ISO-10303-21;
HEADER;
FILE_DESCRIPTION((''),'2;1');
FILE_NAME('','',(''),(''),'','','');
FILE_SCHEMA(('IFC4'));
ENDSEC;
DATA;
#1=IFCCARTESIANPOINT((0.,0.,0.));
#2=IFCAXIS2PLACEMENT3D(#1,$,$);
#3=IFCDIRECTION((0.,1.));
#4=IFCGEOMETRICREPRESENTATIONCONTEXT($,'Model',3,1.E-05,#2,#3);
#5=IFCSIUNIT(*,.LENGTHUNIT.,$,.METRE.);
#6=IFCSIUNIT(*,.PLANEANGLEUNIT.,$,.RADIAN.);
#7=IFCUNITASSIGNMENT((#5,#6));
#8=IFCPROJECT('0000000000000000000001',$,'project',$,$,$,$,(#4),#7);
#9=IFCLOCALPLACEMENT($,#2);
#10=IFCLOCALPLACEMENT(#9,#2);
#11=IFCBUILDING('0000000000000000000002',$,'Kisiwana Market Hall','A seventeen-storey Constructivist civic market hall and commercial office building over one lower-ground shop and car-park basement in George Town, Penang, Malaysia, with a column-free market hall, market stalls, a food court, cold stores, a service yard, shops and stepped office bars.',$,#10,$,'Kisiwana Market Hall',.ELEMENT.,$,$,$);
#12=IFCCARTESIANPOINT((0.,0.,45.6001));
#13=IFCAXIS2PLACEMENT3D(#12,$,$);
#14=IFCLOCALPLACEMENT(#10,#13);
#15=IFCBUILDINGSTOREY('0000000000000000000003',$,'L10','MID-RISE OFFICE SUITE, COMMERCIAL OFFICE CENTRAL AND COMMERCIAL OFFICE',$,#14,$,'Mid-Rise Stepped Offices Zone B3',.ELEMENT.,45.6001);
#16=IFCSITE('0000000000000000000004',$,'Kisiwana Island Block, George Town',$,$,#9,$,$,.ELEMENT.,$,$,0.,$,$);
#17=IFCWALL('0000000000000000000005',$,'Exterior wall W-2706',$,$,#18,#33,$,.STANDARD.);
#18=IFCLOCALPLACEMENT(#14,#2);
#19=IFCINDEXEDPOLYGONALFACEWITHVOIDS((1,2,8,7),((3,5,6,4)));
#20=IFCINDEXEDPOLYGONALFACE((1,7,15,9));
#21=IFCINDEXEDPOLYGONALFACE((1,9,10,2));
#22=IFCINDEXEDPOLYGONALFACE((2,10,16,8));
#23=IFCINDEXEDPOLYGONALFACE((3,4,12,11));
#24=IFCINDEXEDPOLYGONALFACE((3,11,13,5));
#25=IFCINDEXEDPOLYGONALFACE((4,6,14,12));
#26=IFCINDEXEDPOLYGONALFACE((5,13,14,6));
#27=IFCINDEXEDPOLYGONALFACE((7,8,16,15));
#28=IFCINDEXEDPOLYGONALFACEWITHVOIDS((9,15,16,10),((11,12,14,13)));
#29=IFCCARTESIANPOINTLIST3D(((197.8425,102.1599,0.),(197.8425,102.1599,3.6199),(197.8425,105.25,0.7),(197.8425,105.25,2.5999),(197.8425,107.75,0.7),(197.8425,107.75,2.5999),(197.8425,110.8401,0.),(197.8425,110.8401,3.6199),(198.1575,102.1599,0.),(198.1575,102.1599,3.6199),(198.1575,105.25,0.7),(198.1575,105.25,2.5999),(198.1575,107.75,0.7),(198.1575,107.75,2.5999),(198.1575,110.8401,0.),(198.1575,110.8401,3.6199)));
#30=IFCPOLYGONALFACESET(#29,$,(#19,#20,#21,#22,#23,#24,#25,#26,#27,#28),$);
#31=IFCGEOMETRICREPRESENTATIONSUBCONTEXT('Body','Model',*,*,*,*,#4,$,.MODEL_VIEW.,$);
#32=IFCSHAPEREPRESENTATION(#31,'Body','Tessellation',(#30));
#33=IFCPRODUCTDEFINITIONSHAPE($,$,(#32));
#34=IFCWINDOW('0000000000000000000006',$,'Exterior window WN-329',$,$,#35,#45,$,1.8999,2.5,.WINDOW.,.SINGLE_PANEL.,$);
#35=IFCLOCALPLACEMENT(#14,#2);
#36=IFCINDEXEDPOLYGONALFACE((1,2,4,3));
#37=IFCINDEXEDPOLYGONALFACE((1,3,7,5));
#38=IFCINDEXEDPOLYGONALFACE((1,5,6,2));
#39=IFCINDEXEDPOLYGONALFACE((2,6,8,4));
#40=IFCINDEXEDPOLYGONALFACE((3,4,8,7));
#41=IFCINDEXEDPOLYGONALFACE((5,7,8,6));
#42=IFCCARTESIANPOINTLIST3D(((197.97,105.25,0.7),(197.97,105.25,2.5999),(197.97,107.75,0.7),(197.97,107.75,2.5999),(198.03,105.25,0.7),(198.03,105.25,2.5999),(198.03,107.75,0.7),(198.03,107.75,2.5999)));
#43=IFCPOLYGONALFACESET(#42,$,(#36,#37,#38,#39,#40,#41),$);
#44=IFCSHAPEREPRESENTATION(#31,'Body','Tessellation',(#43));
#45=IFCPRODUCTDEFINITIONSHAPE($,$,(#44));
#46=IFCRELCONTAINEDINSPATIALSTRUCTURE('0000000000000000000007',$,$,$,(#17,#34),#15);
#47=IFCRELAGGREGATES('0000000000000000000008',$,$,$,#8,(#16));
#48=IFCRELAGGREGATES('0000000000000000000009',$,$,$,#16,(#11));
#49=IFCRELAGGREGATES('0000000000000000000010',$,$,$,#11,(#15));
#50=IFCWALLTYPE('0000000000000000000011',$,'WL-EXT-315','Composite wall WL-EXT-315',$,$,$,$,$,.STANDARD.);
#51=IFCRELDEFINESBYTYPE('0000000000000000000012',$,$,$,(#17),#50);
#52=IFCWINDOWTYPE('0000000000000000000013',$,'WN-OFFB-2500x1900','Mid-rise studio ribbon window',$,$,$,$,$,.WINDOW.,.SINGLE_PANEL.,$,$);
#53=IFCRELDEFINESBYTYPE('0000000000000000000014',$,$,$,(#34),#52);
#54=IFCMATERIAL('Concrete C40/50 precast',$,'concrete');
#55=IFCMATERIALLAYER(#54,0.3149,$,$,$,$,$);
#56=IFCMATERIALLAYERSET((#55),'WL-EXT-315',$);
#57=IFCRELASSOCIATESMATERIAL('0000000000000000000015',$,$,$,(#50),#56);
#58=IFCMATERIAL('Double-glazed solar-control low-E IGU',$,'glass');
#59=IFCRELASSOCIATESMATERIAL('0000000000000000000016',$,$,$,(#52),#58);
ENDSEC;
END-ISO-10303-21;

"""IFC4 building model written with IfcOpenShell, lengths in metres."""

from ifc_helpers import new_model, si_unit, direction, frame, frame_2d, origin, place, context, subcontext, project, spatial, rectangle, extrude, material, layer, layer_set, type_object, element, fill, save


model = new_model("IFC4")

# Units and contexts
model_context = context("Model", 3, precision=1e-05, world=origin(), true_north=direction((0.0, 1.0)))
body_context = subcontext(model_context, "Body", "Model", "MODEL_VIEW")
ifc_project = project(units=[si_unit("LENGTHUNIT", "METRE"), si_unit("PLANEANGLEUNIT", "RADIAN")], contexts=[model_context])

# Site, building, storey
site_placement = place(None, origin())
site = spatial("IfcSite", under=ifc_project, at=site_placement, Name="Kisiwana Island Block, George Town", CompositionType="ELEMENT", RefElevation=0.0)
building_placement = place(site_placement, origin())
building = spatial("IfcBuilding", under=site, at=building_placement, Name="Kisiwana Market Hall", Description="A seventeen-storey Constructivist civic market hall and commercial office building over one lower-ground shop and car-park basement in George Town, Penang, Malaysia, with a column-free market hall, market stalls, a food court, cold stores, a service yard, shops and stepped office bars.", LongName="Kisiwana Market Hall", CompositionType="ELEMENT")
storey_placement = place(building_placement, frame((0.0, 0.0, 45.6001)))
storey = spatial("IfcBuildingStorey", under=building, at=storey_placement, Name="L10", Description="MID-RISE OFFICE SUITE, COMMERCIAL OFFICE CENTRAL AND COMMERCIAL OFFICE", LongName="Mid-Rise Stepped Offices Zone B3", CompositionType="ELEMENT", Elevation=45.6001)

# Wall, opening, window
ifc_material_1 = material(Name="Concrete C40/50 precast", Category="concrete")
ifc_layer_1 = layer(ifc_material_1, 0.3149)
ifc_layer_set_1 = layer_set([ifc_layer_1], Name="WL-EXT-315")
wall_type_1 = type_object("IfcWallType", Name="WL-EXT-315", Description="Composite wall WL-EXT-315", PredefinedType="STANDARD", material=ifc_layer_set_1)
ifc_material_2 = material(Name="Double-glazed solar-control low-E IGU", Category="glass")
window_type = type_object("IfcWindowType", Name="WN-OFFB-2500x1900", Description="Mid-rise studio ribbon window", PartitioningType="SINGLE_PANEL", PredefinedType="WINDOW", material=ifc_material_2)
wall_1_placement = place(storey_placement, frame((198.0, 102.1599, 0.0), z_axis=(0.0, 0.0, 1.0), x_axis=(0.0, 1.0, 0.0)))
wall_1 = element("IfcWall", 1, at=wall_1_placement, inside=storey, type_object=wall_type_1, Name="Exterior wall W-2706", PredefinedType="STANDARD", context=body_context, shape_type="SweptSolid", body=[
    extrude(rectangle(XDim=8.6802, YDim=0.3149, at=frame_2d((4.3401, 0.0))), origin(), (0.0, 0.0, 1.0), 3.6199),
])
opening_1_placement = place(wall_1_placement, frame((3.0901, 0.0, 0.7)))
opening_1 = element("IfcOpeningElement", 2, at=opening_1_placement, cuts=wall_1, PredefinedType="OPENING", context=body_context, shape_type="SweptSolid", body=[
    extrude(rectangle(XDim=2.5, YDim=1.8999, at=frame_2d((1.25, 0.95))), frame((0.0, 0.1694, 0.0), z_axis=(0.0, -1.0, 0.0), x_axis=(1.0, 0.0, 0.0)), (0.0, 0.0, 1.0), 0.3389),
])
window_1_placement = place(opening_1_placement, origin())
window_1 = element("IfcWindow", 3, at=window_1_placement, inside=storey, type_object=window_type, Name="Exterior window WN-329", OverallHeight=1.8999, OverallWidth=2.5, PartitioningType="SINGLE_PANEL", PredefinedType="WINDOW", context=body_context, shape_type="SweptSolid", body=[
    extrude(rectangle(XDim=2.5, YDim=1.8999, at=frame_2d((1.25, 0.95))), frame((0.0, 0.03, 0.0), z_axis=(0.0, -1.0, 0.0), x_axis=(1.0, 0.0, 0.0)), (0.0, 0.0, 1.0), 0.0601),
])
fill(opening_1, window_1)

save(model, "model.ifc")
